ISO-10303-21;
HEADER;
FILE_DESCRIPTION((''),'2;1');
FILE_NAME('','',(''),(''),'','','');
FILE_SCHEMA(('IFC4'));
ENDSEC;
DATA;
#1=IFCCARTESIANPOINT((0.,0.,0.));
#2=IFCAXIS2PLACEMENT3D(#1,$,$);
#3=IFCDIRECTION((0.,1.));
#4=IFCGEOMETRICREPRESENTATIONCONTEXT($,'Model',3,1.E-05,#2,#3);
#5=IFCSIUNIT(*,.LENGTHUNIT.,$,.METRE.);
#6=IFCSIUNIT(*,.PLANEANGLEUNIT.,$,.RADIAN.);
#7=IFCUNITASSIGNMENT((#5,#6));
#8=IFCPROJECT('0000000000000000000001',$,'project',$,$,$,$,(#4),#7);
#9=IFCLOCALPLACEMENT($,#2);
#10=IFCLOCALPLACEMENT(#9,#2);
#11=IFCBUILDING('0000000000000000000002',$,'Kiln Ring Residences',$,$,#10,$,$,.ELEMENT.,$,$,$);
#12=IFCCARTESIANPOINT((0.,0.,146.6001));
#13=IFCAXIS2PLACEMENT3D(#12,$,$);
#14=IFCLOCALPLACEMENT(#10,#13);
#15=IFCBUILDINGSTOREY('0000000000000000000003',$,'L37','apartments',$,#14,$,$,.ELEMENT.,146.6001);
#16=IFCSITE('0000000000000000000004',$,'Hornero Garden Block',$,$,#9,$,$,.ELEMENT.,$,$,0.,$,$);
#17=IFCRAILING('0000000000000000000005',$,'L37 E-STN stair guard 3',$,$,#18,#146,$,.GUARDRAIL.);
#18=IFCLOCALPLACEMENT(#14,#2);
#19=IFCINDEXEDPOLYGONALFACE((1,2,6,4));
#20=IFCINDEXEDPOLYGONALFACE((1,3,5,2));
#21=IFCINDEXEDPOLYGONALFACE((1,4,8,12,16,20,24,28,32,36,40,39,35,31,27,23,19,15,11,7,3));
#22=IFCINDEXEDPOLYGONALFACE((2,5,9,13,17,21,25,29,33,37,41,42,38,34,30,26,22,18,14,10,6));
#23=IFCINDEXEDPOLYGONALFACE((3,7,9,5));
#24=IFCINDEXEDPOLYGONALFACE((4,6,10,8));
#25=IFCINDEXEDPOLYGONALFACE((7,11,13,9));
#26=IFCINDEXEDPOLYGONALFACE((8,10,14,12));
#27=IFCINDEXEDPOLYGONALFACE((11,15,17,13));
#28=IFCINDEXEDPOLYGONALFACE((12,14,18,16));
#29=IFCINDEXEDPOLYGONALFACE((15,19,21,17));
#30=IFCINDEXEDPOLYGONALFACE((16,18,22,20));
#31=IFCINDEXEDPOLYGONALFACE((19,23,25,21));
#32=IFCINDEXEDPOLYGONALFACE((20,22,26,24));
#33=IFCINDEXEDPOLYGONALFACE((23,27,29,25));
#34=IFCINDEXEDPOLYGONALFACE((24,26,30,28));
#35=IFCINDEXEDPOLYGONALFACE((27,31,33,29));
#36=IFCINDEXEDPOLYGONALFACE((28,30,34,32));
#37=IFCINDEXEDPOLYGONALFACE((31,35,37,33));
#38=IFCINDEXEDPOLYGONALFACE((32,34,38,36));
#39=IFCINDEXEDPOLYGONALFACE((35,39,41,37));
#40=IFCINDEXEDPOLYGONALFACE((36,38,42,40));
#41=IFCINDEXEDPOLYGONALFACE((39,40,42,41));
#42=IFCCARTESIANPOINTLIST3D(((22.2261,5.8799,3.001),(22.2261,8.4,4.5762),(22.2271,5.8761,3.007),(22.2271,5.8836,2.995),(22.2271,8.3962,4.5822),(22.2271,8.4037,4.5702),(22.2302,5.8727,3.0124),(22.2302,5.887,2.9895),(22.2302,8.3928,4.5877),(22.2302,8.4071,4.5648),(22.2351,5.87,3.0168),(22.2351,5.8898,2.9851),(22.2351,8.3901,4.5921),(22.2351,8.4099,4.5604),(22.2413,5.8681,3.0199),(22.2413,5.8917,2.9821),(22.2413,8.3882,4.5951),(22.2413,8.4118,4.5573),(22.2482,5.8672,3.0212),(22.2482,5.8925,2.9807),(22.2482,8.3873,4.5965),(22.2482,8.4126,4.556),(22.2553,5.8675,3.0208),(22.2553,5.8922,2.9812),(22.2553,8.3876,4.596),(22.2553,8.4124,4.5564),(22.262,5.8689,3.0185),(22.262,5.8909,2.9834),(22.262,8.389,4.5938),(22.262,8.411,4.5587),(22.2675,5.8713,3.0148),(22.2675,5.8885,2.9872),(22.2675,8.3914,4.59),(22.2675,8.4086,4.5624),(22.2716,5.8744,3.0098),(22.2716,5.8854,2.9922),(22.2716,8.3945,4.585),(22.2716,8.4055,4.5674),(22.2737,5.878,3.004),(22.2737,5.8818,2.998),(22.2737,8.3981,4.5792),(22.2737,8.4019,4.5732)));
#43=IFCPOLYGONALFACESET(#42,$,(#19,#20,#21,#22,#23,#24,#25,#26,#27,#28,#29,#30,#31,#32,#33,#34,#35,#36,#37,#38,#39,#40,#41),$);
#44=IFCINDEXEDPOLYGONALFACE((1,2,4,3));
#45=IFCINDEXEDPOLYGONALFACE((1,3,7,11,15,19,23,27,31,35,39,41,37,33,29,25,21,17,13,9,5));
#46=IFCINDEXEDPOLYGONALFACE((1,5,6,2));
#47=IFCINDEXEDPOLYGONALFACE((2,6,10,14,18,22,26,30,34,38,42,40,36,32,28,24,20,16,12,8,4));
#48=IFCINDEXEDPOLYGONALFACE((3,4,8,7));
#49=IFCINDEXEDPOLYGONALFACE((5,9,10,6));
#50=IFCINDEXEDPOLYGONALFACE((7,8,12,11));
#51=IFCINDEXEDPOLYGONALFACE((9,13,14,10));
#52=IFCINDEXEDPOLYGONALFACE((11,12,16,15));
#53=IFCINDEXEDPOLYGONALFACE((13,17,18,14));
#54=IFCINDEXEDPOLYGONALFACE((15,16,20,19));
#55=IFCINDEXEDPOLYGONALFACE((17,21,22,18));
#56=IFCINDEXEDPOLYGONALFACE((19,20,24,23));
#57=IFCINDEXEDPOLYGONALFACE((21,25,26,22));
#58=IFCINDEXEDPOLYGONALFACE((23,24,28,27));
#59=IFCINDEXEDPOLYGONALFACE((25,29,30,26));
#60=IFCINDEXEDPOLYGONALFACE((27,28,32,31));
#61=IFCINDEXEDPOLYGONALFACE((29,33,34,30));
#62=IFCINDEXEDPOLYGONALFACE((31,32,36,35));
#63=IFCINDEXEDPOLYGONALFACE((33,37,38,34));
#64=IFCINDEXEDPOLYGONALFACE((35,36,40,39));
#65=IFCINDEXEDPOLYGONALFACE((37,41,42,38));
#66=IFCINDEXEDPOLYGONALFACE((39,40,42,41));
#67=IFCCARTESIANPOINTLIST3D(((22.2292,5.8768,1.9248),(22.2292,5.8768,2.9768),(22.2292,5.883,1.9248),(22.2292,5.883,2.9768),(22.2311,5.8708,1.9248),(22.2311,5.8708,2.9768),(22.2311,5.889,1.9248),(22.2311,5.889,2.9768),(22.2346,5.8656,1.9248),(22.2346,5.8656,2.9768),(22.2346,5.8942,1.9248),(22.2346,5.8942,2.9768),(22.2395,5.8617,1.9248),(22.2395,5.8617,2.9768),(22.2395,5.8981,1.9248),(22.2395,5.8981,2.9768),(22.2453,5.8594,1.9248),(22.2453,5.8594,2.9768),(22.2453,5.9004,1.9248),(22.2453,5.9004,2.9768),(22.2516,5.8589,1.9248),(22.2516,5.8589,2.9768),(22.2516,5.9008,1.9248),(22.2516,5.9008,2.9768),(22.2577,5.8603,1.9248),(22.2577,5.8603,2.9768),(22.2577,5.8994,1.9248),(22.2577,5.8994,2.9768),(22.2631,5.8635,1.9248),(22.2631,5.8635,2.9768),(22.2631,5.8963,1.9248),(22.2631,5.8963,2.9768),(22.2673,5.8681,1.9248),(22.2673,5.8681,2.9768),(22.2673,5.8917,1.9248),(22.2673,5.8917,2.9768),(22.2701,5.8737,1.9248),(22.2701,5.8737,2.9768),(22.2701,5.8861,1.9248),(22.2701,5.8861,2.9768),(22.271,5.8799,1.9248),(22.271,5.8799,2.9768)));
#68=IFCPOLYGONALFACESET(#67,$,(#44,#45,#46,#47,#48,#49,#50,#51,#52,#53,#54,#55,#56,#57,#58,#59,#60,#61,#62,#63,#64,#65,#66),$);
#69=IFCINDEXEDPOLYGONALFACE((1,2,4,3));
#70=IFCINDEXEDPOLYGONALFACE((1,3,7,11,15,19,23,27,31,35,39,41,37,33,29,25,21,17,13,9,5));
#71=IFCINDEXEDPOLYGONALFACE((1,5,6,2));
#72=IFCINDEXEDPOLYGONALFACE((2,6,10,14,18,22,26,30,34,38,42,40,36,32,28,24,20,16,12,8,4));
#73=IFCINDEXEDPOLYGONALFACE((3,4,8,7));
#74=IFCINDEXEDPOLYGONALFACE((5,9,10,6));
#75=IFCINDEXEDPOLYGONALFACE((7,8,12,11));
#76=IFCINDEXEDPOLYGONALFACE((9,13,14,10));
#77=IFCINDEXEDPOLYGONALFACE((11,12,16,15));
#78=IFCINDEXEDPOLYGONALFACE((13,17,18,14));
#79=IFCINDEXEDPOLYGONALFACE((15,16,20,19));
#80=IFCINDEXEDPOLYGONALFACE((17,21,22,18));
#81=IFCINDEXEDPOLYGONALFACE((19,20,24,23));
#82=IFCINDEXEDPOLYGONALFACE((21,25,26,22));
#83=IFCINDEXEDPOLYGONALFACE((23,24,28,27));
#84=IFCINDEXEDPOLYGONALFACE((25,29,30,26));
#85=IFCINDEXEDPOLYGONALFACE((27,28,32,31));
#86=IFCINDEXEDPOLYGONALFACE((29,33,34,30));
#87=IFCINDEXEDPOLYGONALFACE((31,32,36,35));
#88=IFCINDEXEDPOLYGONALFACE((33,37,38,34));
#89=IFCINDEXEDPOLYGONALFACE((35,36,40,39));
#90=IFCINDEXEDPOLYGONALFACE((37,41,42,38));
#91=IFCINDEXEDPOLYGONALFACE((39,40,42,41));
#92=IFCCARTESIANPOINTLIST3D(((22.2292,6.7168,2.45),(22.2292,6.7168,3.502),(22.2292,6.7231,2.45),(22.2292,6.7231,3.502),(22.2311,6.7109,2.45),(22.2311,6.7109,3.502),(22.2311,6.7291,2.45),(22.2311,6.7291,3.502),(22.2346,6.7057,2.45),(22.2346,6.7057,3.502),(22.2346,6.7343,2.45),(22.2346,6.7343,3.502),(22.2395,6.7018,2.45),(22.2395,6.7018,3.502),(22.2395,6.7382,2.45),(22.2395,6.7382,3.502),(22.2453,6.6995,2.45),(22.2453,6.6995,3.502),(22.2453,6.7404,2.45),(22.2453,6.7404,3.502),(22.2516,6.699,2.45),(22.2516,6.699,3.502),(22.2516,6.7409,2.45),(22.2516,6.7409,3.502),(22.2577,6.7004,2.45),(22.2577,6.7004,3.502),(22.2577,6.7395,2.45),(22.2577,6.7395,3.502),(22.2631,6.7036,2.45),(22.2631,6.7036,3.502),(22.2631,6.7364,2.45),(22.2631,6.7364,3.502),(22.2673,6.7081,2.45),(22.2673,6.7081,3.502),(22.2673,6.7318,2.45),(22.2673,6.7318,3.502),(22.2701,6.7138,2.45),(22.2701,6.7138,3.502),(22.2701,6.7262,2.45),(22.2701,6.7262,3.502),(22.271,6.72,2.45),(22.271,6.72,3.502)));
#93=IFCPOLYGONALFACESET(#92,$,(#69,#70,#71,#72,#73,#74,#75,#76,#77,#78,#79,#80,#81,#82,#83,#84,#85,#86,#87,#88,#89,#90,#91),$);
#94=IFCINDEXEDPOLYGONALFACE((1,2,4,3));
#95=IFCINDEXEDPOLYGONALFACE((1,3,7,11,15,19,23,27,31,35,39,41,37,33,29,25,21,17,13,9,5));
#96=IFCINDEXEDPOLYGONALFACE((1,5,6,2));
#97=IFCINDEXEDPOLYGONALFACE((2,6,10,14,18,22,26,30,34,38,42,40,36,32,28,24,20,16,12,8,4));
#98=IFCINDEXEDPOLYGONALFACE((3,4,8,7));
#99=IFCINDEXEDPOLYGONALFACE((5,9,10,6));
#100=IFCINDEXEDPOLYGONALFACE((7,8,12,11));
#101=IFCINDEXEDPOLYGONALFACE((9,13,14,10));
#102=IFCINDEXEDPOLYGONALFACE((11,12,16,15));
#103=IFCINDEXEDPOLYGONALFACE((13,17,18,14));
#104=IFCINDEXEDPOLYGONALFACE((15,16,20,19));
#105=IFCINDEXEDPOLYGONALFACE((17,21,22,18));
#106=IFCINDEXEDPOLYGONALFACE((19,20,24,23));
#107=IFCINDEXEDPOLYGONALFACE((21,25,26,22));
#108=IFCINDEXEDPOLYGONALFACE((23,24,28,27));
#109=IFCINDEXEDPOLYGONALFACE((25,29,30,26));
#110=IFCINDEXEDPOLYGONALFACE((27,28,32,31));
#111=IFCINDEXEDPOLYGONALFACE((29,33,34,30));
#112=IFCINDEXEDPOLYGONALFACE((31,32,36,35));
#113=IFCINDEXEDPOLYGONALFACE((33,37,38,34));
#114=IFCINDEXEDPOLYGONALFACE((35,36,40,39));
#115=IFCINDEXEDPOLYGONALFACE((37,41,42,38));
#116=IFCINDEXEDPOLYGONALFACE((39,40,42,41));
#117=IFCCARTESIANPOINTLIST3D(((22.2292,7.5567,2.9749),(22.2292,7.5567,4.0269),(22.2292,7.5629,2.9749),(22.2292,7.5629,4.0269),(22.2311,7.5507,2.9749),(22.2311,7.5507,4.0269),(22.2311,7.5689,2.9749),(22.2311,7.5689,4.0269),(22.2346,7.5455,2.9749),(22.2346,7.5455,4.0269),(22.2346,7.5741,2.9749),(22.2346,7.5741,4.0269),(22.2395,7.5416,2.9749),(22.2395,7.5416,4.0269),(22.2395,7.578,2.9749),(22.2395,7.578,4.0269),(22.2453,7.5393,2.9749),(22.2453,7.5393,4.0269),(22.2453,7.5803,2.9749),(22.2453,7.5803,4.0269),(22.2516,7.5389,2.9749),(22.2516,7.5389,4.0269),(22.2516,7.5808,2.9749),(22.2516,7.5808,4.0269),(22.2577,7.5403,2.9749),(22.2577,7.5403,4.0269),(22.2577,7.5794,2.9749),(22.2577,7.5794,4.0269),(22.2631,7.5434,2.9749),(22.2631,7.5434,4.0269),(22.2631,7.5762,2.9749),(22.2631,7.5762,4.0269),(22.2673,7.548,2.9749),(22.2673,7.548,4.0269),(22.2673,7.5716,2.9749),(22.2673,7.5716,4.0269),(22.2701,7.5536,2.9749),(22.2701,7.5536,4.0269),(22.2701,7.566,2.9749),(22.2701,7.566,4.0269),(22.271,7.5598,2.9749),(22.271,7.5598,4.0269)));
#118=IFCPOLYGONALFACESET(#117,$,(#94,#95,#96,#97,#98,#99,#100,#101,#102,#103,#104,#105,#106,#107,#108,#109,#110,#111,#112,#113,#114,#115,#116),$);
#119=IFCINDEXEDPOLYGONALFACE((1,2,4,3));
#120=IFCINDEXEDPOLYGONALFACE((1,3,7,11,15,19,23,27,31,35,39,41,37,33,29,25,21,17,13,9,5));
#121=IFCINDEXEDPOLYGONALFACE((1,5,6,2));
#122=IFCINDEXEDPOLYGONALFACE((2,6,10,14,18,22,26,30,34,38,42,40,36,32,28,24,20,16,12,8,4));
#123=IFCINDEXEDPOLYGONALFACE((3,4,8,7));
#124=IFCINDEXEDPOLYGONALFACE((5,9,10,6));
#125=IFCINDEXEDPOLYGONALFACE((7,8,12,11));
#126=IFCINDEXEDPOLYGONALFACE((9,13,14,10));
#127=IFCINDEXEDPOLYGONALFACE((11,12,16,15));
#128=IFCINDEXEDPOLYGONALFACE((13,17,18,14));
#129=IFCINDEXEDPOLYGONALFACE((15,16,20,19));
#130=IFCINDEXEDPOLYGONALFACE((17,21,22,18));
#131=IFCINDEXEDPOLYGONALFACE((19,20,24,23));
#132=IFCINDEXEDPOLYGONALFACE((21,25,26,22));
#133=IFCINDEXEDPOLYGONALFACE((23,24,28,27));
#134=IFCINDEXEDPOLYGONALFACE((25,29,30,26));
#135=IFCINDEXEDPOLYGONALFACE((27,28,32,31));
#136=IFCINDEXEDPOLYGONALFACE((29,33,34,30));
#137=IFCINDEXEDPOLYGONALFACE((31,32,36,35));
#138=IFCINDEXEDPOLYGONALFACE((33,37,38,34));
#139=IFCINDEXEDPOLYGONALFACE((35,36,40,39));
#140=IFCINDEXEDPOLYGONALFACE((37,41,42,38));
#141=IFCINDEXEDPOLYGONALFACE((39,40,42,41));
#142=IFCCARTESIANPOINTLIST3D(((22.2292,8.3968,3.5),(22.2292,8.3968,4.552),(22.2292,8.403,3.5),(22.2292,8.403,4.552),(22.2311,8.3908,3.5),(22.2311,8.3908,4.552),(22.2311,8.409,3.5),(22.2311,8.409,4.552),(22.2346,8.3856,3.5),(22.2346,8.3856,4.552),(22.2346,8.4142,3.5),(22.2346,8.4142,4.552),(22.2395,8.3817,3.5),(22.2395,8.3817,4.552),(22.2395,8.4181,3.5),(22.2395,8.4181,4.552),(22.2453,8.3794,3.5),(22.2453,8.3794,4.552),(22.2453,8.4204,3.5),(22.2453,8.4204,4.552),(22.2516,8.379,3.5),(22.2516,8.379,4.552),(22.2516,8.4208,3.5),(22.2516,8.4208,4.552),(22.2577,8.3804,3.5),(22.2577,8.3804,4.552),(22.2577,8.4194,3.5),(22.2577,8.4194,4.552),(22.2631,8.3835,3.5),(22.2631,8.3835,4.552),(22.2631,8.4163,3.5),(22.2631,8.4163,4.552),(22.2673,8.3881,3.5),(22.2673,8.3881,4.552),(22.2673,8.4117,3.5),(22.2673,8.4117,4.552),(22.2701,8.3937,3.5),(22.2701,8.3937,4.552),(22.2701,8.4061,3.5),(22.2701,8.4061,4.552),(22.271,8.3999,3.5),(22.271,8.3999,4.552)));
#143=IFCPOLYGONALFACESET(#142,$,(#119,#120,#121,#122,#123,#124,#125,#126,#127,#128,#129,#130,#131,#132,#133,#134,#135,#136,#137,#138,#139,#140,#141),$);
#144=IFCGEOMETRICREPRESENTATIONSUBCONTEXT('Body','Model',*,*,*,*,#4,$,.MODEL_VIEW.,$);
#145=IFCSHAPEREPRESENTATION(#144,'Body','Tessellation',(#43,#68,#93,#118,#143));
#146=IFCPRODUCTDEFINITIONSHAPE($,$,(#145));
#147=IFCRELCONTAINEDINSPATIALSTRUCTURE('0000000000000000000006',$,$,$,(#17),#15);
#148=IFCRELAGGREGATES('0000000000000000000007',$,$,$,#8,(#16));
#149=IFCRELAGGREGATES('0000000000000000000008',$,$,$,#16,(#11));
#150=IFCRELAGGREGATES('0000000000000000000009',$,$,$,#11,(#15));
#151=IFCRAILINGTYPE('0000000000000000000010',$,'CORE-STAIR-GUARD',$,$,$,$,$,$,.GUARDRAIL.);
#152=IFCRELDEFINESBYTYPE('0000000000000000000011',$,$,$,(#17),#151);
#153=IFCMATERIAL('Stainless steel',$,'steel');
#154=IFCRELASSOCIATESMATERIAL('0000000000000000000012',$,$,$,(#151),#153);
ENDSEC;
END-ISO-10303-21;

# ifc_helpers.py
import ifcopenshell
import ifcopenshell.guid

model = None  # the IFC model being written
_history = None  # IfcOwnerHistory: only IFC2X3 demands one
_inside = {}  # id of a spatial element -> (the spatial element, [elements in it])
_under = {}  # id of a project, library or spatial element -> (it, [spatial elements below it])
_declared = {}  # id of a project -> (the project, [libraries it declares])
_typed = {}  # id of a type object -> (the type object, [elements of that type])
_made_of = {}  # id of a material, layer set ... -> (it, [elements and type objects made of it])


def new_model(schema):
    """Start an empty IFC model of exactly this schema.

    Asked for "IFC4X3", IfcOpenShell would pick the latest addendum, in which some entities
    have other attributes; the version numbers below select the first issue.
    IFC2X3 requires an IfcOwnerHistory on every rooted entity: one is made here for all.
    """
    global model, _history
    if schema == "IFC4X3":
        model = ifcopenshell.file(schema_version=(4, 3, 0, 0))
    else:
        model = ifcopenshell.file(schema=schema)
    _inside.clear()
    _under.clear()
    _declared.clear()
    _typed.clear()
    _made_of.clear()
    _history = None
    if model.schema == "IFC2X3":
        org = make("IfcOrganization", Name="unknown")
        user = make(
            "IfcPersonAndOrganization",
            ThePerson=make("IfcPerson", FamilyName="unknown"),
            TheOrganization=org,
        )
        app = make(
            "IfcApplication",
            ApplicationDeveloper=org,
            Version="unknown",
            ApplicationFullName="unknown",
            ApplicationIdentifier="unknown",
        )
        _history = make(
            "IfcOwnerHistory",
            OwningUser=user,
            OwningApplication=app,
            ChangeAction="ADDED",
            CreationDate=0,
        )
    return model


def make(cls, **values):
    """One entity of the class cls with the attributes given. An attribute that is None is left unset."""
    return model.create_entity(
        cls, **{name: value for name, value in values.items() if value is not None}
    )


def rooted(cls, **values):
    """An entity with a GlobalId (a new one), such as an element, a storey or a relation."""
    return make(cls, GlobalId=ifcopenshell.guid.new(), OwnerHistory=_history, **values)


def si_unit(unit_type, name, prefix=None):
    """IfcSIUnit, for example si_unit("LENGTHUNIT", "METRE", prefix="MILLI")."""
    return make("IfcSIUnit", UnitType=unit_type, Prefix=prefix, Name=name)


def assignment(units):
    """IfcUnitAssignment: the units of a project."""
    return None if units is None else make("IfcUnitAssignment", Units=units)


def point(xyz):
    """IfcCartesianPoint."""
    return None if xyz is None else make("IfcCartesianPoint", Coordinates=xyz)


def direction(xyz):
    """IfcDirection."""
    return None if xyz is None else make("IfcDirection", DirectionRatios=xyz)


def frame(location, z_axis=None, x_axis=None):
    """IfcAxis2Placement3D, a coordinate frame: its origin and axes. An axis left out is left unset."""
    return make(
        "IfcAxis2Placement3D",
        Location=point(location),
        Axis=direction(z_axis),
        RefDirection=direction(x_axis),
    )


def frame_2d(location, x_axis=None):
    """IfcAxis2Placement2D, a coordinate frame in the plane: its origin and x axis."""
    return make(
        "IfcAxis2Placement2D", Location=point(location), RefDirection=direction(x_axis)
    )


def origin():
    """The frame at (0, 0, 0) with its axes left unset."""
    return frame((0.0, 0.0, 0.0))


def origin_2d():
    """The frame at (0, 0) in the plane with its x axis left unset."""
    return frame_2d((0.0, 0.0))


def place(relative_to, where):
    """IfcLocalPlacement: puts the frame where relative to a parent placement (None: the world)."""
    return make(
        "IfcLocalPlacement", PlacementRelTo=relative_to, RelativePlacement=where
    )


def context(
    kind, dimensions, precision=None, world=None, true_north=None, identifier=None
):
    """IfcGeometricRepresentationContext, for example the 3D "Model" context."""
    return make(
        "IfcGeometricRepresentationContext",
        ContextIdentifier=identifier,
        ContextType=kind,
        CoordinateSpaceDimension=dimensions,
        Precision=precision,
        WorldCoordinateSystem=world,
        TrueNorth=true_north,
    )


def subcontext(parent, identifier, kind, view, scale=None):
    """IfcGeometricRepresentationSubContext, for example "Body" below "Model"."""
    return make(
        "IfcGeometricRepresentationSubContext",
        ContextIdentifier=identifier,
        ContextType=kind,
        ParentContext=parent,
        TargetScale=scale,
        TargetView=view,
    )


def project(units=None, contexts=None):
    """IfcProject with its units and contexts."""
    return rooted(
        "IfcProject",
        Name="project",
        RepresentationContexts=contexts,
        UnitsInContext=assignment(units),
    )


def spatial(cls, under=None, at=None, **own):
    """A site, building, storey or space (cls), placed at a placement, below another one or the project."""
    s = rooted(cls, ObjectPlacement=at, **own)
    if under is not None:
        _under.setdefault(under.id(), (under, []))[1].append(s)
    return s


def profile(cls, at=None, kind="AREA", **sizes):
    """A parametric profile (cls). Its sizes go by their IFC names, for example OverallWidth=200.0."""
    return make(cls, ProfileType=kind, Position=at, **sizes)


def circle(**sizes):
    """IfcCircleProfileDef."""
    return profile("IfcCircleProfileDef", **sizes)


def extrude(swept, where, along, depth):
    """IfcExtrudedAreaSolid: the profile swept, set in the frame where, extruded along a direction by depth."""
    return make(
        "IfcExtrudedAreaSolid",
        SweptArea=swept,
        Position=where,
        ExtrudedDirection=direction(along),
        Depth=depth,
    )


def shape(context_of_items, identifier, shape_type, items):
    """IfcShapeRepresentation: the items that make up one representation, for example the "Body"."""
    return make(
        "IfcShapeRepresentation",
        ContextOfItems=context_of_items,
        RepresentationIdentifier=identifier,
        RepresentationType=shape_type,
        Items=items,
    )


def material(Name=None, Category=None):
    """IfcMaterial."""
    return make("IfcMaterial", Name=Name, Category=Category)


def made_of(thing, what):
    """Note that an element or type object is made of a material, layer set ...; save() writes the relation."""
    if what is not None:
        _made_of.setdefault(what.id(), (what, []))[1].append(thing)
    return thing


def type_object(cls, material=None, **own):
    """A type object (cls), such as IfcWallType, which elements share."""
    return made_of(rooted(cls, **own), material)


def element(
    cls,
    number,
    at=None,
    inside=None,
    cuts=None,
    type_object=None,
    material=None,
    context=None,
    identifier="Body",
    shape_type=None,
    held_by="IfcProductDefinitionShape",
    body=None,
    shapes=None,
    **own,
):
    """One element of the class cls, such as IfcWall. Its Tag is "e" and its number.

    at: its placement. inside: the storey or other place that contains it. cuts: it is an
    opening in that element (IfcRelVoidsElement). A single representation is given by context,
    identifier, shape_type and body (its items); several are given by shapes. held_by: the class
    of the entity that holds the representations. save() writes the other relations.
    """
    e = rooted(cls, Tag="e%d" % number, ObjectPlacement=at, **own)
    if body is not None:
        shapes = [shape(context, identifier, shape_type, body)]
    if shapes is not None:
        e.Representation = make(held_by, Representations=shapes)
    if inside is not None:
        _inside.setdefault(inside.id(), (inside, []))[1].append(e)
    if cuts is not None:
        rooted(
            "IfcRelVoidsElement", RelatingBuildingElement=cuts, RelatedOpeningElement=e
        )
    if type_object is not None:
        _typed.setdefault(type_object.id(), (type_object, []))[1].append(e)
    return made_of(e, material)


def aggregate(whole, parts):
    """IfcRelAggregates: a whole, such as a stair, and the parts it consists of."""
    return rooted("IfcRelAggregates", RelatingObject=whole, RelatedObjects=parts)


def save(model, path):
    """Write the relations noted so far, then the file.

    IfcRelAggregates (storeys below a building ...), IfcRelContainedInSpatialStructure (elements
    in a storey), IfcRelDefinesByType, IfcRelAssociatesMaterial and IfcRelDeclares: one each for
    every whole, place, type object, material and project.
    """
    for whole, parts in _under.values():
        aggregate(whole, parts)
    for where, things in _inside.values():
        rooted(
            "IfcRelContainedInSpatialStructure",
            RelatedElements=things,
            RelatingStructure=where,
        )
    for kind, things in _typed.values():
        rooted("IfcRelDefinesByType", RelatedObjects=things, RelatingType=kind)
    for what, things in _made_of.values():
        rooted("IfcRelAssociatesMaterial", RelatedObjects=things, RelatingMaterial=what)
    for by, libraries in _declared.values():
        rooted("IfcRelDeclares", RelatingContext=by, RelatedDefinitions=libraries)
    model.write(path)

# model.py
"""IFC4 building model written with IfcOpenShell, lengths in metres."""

from ifc_helpers import new_model, si_unit, direction, frame, origin, origin_2d, place, context, subcontext, project, spatial, circle, extrude, material, type_object, element, save


model = new_model("IFC4")

# Units and contexts
model_context = context("Model", 3, precision=1e-05, world=origin(), true_north=direction((0.0, 1.0)))
body_context = subcontext(model_context, "Body", "Model", "MODEL_VIEW")
ifc_project = project(units=[si_unit("LENGTHUNIT", "METRE"), si_unit("PLANEANGLEUNIT", "RADIAN")], contexts=[model_context])

# Site, building, storey
site_placement = place(None, origin())
site = spatial("IfcSite", under=ifc_project, at=site_placement, Name="Hornero Garden Block", CompositionType="ELEMENT", RefElevation=0.0)
building_placement = place(site_placement, origin())
building = spatial("IfcBuilding", under=site, at=building_placement, Name="Kiln Ring Residences", CompositionType="ELEMENT")
storey_placement = place(building_placement, frame((0.0, 0.0, 146.6001)))
storey = spatial("IfcBuildingStorey", under=building, at=storey_placement, Name="L37", Description="apartments", CompositionType="ELEMENT", Elevation=146.6001)

# Railing
ifc_material_1 = material(Name="Stainless steel", Category="steel")
railing_type_1 = type_object("IfcRailingType", Name="CORE-STAIR-GUARD", PredefinedType="GUARDRAIL", material=ifc_material_1)
railing_1_placement = place(storey_placement, frame((22.25, 5.8799, 1.9248)))
element("IfcRailing", 1, at=railing_1_placement, inside=storey, type_object=railing_type_1, Name="L37 E-STN stair guard 3", PredefinedType="GUARDRAIL", context=body_context, shape_type="SweptSolid", body=[
    extrude(circle(Radius=0.0239, at=origin_2d()), frame((0.0, 0.0, 1.0762), z_axis=(0.0, 0.847971, 0.530043), x_axis=(-1.0, 0.0, 0.0)), (0.0, 0.0, 1.0), 2.9719),
    extrude(circle(Radius=0.021, at=origin_2d()), origin(), (0.0, 0.0, 1.0), 1.052),
    extrude(circle(Radius=0.021, at=origin_2d()), frame((0.0, 0.8401, 0.5251)), (0.0, 0.0, 1.0), 1.052),
    extrude(circle(Radius=0.021, at=origin_2d()), frame((0.0, 1.6799, 1.05)), (0.0, 0.0, 1.0), 1.052),
    extrude(circle(Radius=0.021, at=origin_2d()), frame((0.0, 2.52, 1.5752)), (0.0, 0.0, 1.0), 1.052),
])

save(model, "model.ifc")
